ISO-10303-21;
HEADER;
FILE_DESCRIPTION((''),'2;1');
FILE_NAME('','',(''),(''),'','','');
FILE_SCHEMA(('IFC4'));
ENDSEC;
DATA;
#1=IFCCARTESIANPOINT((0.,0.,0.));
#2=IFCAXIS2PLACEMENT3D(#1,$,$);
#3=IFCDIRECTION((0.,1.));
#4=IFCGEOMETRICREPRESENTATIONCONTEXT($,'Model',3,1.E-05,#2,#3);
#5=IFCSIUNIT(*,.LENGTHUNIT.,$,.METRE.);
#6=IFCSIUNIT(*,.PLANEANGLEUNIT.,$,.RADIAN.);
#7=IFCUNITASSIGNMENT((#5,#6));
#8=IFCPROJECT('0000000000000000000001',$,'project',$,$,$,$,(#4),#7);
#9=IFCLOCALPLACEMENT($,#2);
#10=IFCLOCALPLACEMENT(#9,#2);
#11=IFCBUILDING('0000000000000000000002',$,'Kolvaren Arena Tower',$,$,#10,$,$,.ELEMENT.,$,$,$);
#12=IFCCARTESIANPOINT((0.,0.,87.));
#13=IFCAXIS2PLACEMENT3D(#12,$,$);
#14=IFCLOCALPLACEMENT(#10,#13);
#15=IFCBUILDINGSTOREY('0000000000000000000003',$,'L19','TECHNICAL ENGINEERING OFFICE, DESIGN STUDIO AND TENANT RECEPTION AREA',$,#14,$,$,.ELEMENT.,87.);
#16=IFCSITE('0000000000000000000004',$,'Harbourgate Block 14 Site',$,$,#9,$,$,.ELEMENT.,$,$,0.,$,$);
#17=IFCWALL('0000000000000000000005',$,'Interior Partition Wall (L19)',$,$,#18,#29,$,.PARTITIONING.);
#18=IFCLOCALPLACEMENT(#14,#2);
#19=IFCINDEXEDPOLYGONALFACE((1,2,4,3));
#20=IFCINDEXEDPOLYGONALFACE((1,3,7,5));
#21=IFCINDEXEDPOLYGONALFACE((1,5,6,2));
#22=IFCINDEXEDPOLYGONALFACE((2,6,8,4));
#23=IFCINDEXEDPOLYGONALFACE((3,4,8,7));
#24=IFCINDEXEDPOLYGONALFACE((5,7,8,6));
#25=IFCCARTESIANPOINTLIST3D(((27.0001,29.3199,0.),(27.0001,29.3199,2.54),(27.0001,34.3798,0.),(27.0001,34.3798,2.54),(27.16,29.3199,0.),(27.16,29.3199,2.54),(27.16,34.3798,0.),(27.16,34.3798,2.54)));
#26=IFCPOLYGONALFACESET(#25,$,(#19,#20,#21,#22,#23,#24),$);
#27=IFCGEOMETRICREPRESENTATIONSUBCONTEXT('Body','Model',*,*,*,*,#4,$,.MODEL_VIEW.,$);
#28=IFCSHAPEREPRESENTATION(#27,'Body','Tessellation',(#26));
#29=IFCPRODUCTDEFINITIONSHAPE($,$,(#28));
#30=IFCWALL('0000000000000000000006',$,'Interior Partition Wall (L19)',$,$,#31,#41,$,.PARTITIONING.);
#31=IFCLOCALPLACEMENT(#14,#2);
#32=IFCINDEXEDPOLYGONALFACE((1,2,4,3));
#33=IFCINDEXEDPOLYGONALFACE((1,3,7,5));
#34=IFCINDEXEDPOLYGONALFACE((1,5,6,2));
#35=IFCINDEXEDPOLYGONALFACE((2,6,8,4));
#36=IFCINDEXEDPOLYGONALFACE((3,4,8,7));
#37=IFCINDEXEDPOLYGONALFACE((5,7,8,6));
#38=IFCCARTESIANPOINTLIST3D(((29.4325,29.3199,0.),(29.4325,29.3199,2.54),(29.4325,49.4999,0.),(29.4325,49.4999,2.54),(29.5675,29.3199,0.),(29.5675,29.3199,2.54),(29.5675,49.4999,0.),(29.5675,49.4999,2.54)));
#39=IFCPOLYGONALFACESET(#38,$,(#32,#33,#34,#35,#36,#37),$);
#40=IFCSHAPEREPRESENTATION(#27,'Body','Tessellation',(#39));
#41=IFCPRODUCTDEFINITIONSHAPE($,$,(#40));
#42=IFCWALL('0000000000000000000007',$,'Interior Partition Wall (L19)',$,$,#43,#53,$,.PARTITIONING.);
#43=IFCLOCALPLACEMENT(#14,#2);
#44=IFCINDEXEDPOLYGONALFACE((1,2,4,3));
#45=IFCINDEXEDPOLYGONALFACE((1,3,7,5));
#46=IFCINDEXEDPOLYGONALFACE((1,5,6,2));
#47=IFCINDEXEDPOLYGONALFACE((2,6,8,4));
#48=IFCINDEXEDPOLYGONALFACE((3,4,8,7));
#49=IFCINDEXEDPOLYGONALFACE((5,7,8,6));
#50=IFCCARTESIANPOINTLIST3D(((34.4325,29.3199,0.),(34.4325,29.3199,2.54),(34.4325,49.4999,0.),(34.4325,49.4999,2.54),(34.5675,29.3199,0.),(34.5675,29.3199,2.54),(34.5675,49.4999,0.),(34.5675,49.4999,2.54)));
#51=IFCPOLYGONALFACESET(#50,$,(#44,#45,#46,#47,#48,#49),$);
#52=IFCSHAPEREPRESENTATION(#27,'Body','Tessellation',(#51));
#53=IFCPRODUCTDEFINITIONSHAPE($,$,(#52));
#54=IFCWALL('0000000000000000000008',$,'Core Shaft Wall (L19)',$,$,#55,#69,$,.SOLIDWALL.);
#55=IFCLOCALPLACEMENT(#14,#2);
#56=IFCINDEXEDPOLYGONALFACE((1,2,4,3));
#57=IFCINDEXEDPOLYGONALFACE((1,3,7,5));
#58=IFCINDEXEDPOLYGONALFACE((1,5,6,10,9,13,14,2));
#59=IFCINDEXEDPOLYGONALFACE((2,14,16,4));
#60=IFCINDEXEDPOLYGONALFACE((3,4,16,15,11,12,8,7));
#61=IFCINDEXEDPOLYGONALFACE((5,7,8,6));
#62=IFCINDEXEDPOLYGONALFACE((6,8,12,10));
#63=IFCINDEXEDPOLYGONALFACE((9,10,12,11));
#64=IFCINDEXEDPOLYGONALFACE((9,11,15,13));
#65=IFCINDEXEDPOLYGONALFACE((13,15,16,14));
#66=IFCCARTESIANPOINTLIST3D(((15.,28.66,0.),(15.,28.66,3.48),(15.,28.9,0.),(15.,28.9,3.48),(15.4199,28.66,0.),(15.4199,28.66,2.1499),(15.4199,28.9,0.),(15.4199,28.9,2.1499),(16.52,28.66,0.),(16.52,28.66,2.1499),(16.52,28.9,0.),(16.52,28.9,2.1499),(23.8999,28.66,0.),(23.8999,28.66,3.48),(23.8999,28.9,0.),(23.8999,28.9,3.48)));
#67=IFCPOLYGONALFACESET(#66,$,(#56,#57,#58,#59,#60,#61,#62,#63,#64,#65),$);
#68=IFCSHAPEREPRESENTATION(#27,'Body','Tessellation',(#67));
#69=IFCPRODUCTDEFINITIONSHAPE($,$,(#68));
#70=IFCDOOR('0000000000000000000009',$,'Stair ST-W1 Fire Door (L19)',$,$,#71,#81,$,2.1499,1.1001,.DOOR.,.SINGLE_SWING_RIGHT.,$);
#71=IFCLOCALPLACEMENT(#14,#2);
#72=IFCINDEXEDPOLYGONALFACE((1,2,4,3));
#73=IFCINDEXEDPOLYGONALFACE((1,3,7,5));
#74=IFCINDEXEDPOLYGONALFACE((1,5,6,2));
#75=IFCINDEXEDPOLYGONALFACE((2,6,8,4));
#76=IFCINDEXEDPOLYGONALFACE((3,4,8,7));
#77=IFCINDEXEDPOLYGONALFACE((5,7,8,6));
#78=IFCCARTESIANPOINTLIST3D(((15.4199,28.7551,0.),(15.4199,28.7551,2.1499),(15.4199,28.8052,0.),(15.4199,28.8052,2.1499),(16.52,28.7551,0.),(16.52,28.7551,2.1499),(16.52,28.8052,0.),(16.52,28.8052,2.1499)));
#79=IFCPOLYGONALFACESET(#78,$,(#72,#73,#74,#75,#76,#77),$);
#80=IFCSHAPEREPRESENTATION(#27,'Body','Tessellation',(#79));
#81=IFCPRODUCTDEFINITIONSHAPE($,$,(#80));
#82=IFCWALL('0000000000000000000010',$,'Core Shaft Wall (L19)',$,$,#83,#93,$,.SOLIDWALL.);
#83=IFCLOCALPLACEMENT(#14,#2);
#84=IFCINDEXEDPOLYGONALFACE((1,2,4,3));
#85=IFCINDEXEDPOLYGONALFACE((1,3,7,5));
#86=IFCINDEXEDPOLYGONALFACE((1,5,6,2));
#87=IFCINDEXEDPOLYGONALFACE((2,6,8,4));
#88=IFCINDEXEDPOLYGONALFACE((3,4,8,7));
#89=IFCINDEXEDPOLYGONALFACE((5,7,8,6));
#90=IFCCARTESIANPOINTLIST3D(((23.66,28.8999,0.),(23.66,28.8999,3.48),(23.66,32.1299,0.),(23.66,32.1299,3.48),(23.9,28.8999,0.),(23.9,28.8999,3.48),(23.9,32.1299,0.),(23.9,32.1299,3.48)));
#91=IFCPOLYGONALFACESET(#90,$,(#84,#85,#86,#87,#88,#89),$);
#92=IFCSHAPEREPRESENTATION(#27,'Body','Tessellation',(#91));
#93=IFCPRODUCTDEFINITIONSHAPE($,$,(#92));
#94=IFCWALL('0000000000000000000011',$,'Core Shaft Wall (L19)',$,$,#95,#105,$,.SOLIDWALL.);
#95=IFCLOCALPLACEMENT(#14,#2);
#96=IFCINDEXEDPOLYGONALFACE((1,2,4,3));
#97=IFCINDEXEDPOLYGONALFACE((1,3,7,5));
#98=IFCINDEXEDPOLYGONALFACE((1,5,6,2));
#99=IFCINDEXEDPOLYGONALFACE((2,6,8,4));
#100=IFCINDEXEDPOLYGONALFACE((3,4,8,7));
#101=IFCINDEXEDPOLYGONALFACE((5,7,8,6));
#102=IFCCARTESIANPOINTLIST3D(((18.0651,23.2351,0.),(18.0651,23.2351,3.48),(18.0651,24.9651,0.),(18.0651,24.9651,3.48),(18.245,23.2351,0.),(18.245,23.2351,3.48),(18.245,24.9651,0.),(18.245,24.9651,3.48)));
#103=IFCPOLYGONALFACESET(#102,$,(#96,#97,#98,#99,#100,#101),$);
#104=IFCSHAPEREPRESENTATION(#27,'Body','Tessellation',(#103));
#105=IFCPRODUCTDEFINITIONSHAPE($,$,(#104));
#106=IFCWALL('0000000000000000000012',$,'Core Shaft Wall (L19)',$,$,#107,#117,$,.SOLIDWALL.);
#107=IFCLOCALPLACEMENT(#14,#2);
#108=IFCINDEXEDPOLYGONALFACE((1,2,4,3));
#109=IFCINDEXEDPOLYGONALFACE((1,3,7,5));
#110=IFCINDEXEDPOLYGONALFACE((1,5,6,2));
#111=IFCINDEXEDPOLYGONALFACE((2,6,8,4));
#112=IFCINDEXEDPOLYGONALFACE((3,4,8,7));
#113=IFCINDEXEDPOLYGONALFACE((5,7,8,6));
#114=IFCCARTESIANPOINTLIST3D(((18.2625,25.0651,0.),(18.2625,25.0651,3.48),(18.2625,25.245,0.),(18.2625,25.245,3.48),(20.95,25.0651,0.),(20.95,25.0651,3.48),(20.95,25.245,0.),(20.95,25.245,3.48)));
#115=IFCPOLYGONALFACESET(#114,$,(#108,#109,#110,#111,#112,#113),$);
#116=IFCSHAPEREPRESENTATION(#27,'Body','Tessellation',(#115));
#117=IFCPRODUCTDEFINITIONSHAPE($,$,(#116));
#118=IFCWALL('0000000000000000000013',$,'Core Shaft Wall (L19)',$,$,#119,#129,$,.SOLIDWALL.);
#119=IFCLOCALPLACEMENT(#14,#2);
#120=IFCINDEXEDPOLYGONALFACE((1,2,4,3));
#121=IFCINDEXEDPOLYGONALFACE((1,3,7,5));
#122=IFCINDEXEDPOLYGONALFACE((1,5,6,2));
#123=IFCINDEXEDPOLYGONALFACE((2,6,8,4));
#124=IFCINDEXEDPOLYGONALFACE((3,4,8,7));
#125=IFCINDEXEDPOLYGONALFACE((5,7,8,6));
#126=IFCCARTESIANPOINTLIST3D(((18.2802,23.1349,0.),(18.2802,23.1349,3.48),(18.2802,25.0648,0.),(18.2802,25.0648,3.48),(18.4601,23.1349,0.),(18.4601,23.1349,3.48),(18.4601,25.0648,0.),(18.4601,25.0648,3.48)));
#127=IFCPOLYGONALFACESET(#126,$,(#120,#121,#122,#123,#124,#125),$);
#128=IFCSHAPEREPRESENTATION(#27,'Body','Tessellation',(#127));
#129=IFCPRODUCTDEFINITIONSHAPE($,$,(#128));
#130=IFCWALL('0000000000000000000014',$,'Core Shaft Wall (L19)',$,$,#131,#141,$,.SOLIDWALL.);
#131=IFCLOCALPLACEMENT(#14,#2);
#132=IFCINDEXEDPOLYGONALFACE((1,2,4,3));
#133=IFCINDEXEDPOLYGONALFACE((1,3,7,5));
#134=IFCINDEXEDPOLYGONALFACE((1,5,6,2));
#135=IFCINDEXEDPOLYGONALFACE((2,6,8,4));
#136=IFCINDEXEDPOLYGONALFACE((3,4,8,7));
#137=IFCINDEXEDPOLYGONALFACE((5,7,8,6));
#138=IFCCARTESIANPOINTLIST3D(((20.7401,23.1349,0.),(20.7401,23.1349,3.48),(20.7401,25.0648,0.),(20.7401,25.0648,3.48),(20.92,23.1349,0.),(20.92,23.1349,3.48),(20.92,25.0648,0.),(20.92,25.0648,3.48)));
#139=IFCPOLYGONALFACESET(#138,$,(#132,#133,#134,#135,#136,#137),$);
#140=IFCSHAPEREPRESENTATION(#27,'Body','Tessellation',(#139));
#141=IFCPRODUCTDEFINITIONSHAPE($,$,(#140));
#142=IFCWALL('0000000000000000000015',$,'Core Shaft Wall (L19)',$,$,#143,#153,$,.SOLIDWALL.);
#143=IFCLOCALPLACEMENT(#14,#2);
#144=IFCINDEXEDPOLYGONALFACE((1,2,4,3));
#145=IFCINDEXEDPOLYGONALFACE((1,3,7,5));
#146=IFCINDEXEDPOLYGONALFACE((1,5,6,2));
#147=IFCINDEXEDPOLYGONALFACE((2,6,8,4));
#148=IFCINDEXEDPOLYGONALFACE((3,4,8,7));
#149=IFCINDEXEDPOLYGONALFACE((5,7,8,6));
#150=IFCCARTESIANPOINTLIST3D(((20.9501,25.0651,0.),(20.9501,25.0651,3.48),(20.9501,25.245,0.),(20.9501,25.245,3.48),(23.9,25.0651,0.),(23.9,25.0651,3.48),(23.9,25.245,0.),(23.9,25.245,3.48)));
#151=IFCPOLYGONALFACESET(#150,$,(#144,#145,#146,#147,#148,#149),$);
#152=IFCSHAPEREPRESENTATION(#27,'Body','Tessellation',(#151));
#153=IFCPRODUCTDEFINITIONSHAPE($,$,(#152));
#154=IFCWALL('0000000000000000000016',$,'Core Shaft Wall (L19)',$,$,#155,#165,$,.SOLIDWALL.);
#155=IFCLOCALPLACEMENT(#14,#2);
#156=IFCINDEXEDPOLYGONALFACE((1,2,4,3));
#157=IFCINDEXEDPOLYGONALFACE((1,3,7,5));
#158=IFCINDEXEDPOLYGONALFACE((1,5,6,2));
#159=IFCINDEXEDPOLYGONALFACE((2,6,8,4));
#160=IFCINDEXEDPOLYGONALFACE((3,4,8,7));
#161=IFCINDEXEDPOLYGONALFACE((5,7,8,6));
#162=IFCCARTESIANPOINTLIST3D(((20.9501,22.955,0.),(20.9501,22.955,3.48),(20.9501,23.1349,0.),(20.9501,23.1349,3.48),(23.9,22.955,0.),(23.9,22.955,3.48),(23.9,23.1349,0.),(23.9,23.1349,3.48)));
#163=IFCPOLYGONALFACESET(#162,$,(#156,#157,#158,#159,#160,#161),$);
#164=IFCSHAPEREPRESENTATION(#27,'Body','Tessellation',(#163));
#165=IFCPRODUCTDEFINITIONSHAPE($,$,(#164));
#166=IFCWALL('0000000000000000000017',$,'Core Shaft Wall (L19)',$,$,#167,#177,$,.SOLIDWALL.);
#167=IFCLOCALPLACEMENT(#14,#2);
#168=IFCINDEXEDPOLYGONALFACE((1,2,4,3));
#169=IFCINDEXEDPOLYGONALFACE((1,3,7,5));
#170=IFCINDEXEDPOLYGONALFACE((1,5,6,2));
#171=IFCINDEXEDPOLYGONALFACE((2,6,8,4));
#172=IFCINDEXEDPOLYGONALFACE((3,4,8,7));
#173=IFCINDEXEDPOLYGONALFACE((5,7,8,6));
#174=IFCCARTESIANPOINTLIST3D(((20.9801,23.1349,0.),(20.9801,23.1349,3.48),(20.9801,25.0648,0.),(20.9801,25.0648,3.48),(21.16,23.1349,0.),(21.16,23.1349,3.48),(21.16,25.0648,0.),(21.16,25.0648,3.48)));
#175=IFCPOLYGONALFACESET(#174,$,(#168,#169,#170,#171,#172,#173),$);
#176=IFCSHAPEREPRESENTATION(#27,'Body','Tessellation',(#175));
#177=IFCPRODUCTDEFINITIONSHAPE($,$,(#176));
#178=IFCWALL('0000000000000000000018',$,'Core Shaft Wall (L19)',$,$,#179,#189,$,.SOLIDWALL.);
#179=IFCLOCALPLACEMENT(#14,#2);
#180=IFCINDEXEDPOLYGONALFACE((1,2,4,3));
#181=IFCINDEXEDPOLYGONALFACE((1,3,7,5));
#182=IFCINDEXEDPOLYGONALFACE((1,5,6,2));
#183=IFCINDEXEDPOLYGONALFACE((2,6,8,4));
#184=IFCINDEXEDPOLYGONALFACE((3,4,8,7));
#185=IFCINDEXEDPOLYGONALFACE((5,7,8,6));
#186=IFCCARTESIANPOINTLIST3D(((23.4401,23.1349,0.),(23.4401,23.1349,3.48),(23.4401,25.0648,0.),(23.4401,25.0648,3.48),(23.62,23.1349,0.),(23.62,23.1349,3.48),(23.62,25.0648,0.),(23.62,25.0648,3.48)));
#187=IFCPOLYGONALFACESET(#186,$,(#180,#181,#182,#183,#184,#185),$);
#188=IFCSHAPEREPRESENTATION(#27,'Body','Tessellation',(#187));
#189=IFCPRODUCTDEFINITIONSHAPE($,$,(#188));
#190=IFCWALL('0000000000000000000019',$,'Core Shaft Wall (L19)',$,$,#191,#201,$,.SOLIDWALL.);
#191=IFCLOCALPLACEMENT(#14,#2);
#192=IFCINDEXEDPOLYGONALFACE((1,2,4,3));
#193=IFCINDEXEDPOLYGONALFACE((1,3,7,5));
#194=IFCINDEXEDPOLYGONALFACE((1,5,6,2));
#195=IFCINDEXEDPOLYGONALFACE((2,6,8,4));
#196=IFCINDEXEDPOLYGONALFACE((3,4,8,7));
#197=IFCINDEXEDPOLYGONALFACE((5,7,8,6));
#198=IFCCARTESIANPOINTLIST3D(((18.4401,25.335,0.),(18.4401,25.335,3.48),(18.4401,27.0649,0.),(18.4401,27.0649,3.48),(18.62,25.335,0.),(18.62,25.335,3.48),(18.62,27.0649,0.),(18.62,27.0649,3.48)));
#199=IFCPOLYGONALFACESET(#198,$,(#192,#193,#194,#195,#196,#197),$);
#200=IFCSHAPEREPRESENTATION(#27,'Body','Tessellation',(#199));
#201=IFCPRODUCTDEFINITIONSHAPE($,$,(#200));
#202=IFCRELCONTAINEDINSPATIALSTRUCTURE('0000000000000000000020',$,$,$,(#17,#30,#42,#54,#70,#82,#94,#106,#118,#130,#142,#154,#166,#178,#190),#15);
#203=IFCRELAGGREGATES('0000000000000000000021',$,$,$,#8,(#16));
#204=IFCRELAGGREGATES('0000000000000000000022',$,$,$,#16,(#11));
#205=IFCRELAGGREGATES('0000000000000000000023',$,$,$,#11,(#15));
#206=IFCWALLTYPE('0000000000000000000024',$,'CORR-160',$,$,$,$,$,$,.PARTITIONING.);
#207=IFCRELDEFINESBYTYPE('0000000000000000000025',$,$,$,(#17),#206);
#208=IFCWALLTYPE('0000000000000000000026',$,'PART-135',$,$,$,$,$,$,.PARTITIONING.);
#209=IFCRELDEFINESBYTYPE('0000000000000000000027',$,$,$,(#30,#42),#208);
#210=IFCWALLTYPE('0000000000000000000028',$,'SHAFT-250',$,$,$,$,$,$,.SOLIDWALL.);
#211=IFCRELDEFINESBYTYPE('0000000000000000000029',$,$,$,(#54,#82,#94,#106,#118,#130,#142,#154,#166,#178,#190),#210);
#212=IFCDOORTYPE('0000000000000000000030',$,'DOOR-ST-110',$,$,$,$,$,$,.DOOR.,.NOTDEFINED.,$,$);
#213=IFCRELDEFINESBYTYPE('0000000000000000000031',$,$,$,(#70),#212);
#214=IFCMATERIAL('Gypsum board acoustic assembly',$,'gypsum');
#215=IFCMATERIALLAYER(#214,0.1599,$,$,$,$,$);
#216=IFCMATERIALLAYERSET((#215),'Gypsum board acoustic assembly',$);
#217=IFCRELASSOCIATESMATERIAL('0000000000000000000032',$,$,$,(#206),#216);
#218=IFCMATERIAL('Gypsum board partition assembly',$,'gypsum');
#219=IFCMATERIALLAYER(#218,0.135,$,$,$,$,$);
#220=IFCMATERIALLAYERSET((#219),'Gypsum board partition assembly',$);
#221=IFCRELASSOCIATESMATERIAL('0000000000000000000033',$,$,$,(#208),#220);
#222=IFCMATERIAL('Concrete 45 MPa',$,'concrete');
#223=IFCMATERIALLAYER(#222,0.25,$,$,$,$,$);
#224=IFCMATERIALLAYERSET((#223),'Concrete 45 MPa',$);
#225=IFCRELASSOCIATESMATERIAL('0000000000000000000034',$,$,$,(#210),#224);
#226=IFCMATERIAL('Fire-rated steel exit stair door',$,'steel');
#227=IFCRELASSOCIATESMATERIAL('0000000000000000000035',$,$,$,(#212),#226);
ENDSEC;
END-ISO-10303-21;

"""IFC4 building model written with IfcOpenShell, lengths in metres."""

from ifc_helpers import new_model, si_unit, direction, frame, frame_2d, origin, place, context, subcontext, project, spatial, rectangle, extrude, material, layer, layer_set, type_object, element, fill, save


model = new_model("IFC4")

# Units and contexts
model_context = context("Model", 3, precision=1e-05, world=origin(), true_north=direction((0.0, 1.0)))
body_context = subcontext(model_context, "Body", "Model", "MODEL_VIEW")
ifc_project = project(units=[si_unit("LENGTHUNIT", "METRE"), si_unit("PLANEANGLEUNIT", "RADIAN")], contexts=[model_context])

# Site, building, storey
site_placement = place(None, origin())
site = spatial("IfcSite", under=ifc_project, at=site_placement, Name="Harbourgate Block 14 Site", CompositionType="ELEMENT", RefElevation=0.0)
building_placement = place(site_placement, origin())
building = spatial("IfcBuilding", under=site, at=building_placement, Name="Kolvaren Arena Tower", CompositionType="ELEMENT")
storey_placement = place(building_placement, frame((0.0, 0.0, 87.0)))
storey = spatial("IfcBuildingStorey", under=building, at=storey_placement, Name="L19", Description="TECHNICAL ENGINEERING OFFICE, DESIGN STUDIO AND TENANT RECEPTION AREA", CompositionType="ELEMENT", Elevation=87.0)

# Shared definitions
ifc_material_1 = material(Name="Gypsum board acoustic assembly", Category="gypsum")
ifc_layer_1 = layer(ifc_material_1, 0.1599)
ifc_layer_set_1 = layer_set([ifc_layer_1], Name="Gypsum board acoustic assembly")
wall_type_1 = type_object("IfcWallType", Name="CORR-160", PredefinedType="PARTITIONING", material=ifc_layer_set_1)

# Wall
wall_1_placement = place(storey_placement, frame((27.0801, 29.3201, 0.0), z_axis=(0.0, 0.0, 1.0), x_axis=(0.0, 1.0, 0.0)))
element("IfcWall", 1, at=wall_1_placement, inside=storey, type_object=wall_type_1, Name="Interior Partition Wall (L19)", PredefinedType="PARTITIONING", context=body_context, shape_type="SweptSolid", body=[
    extrude(rectangle(XDim=5.0598, YDim=0.1599, at=frame_2d((2.5298, 0.0))), origin(), (0.0, 0.0, 1.0), 2.54),
])

# Walls
ifc_material_2 = material(Name="Gypsum board partition assembly", Category="gypsum")
ifc_layer_2 = layer(ifc_material_2, 0.135)
ifc_layer_set_2 = layer_set([ifc_layer_2], Name="Gypsum board partition assembly")
wall_type_2 = type_object("IfcWallType", Name="PART-135", PredefinedType="PARTITIONING", material=ifc_layer_set_2)
for number, where, z_axis, x_axis, name in (
    (2, (29.5, 29.3201, 0.0), (0.0, 0.0, 1.0), (0.0, 1.0, 0.0), "Interior Partition Wall (L19)"),
    (3, (34.5, 29.3201, 0.0), (0.0, 0.0, 1.0), (0.0, 1.0, 0.0), "Interior Partition Wall (L19)"),
):
    element("IfcWall", number, at=place(storey_placement, frame(where, z_axis=z_axis, x_axis=x_axis)), inside=storey, type_object=wall_type_2, Name=name, PredefinedType="PARTITIONING", context=body_context, shape_type="SweptSolid", body=[
        extrude(rectangle(XDim=20.1799, YDim=0.135, at=frame_2d((10.0898, 0.0))), origin(), (0.0, 0.0, 1.0), 2.54),
    ])

# Wall, opening, door
ifc_material_3 = material(Name="Concrete 45 MPa", Category="concrete")
ifc_layer_3 = layer(ifc_material_3, 0.25)
ifc_layer_set_3 = layer_set([ifc_layer_3], Name="Concrete 45 MPa")
wall_type_3 = type_object("IfcWallType", Name="SHAFT-250", PredefinedType="SOLIDWALL", material=ifc_layer_set_3)
wall_2_placement = place(storey_placement, frame((23.8999, 28.78, 0.0), z_axis=(0.0, 0.0, 1.0), x_axis=(-1.0, 0.0, 0.0)))
wall_2 = element("IfcWall", 4, at=wall_2_placement, inside=storey, type_object=wall_type_3, Name="Core Shaft Wall (L19)", PredefinedType="SOLIDWALL", context=body_context, shape_type="SweptSolid", body=[
    extrude(rectangle(XDim=8.8999, YDim=0.24, at=frame_2d((4.45, 0.0))), origin(), (0.0, 0.0, 1.0), 3.48),
])
opening_1_placement = place(wall_2_placement, frame((7.3799, 0.0, 0.0)))
opening_1 = element("IfcOpeningElement", 5, at=opening_1_placement, cuts=wall_2, PredefinedType="OPENING", context=body_context, shape_type="SweptSolid", body=[
    extrude(rectangle(XDim=1.1001, YDim=2.1499, at=frame_2d((0.55, 1.075))), frame((0.0, 0.1299, 0.0), z_axis=(0.0, -1.0, 0.0), x_axis=(1.0, 0.0, 0.0)), (0.0, 0.0, 1.0), 0.26),
])
ifc_material_4 = material(Name="Fire-rated steel exit stair door", Category="steel")
door_type_1 = type_object("IfcDoorType", Name="DOOR-ST-110", OperationType="NOTDEFINED", PredefinedType="DOOR", material=ifc_material_4)
door_1_placement = place(opening_1_placement, origin())
door_1 = element("IfcDoor", 6, at=door_1_placement, inside=storey, type_object=door_type_1, Name="Stair ST-W1 Fire Door (L19)", OperationType="SINGLE_SWING_RIGHT", OverallHeight=2.1499, OverallWidth=1.1001, PredefinedType="DOOR", context=body_context, shape_type="SweptSolid", body=[
    extrude(rectangle(XDim=1.1001, YDim=2.1499, at=frame_2d((0.55, 1.075))), frame((0.0, 0.0249, 0.0), z_axis=(0.0, -1.0, 0.0), x_axis=(1.0, 0.0, 0.0)), (0.0, 0.0, 1.0), 0.05),
])
fill(opening_1, door_1)

# Walls
wall_3_placement = place(storey_placement, frame((23.78, 28.8999, 0.0), z_axis=(0.0, 0.0, 1.0), x_axis=(0.0, 1.0, 0.0)))
element("IfcWall", 7, at=wall_3_placement, inside=storey, type_object=wall_type_3, Name="Core Shaft Wall (L19)", PredefinedType="SOLIDWALL", context=body_context, shape_type="SweptSolid", body=[
    extrude(rectangle(XDim=3.23, YDim=0.24, at=frame_2d((1.615, 0.0))), origin(), (0.0, 0.0, 1.0), 3.48),
])
wall_4_placement = place(storey_placement, frame((18.155, 23.2351, 0.0), z_axis=(0.0, 0.0, 1.0), x_axis=(0.0, 1.0, 0.0)))
element("IfcWall", 8, at=wall_4_placement, inside=storey, type_object=wall_type_3, Name="Core Shaft Wall (L19)", PredefinedType="SOLIDWALL", context=body_context, shape_type="SweptSolid", body=[
    extrude(rectangle(XDim=1.73, YDim=0.1799, at=frame_2d((0.865, 0.0))), origin(), (0.0, 0.0, 1.0), 3.48),
])
wall_5_placement = place(storey_placement, frame((18.2625, 25.155, 0.0), z_axis=(0.0, 0.0, 1.0), x_axis=(1.0, 0.0, 0.0)))
element("IfcWall", 9, at=wall_5_placement, inside=storey, type_object=wall_type_3, Name="Core Shaft Wall (L19)", PredefinedType="SOLIDWALL", context=body_context, shape_type="SweptSolid", body=[
    extrude(rectangle(XDim=2.6875, YDim=0.1799, at=frame_2d((1.3438, 0.0))), origin(), (0.0, 0.0, 1.0), 3.48),
])
for number, where, z_axis, x_axis, name in (
    (10, (18.3701, 23.135, 0.0), (0.0, 0.0, 1.0), (0.0, 1.0, 0.0), "Core Shaft Wall (L19)"),
    (11, (20.8301, 23.135, 0.0), (0.0, 0.0, 1.0), (0.0, 1.0, 0.0), "Core Shaft Wall (L19)"),
):
    element("IfcWall", number, at=place(storey_placement, frame(where, z_axis=z_axis, x_axis=x_axis)), inside=storey, type_object=wall_type_3, Name=name, PredefinedType="SOLIDWALL", context=body_context, shape_type="SweptSolid", body=[
        extrude(rectangle(XDim=1.9299, YDim=0.1799, at=frame_2d((0.9648, 0.0))), origin(), (0.0, 0.0, 1.0), 3.48),
    ])
for number, where, z_axis, x_axis, name in (
    (12, (20.95, 25.155, 0.0), (0.0, 0.0, 1.0), (1.0, 0.0, 0.0), "Core Shaft Wall (L19)"),
    (13, (20.95, 23.0449, 0.0), (0.0, 0.0, 1.0), (1.0, 0.0, 0.0), "Core Shaft Wall (L19)"),
):
    element("IfcWall", number, at=place(storey_placement, frame(where, z_axis=z_axis, x_axis=x_axis)), inside=storey, type_object=wall_type_3, Name=name, PredefinedType="SOLIDWALL", context=body_context, shape_type="SweptSolid", body=[
        extrude(rectangle(XDim=2.95, YDim=0.1799, at=frame_2d((1.4751, 0.0))), origin(), (0.0, 0.0, 1.0), 3.48),
    ])
for number, where, z_axis, x_axis, name in (
    (14, (21.0701, 23.135, 0.0), (0.0, 0.0, 1.0), (0.0, 1.0, 0.0), "Core Shaft Wall (L19)"),
    (15, (23.53, 23.135, 0.0), (0.0, 0.0, 1.0), (0.0, 1.0, 0.0), "Core Shaft Wall (L19)"),
):
    element("IfcWall", number, at=place(storey_placement, frame(where, z_axis=z_axis, x_axis=x_axis)), inside=storey, type_object=wall_type_3, Name=name, PredefinedType="SOLIDWALL", context=body_context, shape_type="SweptSolid", body=[
        extrude(rectangle(XDim=1.9299, YDim=0.1799, at=frame_2d((0.9648, 0.0))), origin(), (0.0, 0.0, 1.0), 3.48),
    ])
wall_6_placement = place(storey_placement, frame((18.53, 25.335, 0.0), z_axis=(0.0, 0.0, 1.0), x_axis=(0.0, 1.0, 0.0)))
element("IfcWall", 16, at=wall_6_placement, inside=storey, type_object=wall_type_3, Name="Core Shaft Wall (L19)", PredefinedType="SOLIDWALL", context=body_context, shape_type="SweptSolid", body=[
    extrude(rectangle(XDim=1.73, YDim=0.1799, at=frame_2d((0.865, 0.0))), origin(), (0.0, 0.0, 1.0), 3.48),
])

save(model, "model.ifc")
